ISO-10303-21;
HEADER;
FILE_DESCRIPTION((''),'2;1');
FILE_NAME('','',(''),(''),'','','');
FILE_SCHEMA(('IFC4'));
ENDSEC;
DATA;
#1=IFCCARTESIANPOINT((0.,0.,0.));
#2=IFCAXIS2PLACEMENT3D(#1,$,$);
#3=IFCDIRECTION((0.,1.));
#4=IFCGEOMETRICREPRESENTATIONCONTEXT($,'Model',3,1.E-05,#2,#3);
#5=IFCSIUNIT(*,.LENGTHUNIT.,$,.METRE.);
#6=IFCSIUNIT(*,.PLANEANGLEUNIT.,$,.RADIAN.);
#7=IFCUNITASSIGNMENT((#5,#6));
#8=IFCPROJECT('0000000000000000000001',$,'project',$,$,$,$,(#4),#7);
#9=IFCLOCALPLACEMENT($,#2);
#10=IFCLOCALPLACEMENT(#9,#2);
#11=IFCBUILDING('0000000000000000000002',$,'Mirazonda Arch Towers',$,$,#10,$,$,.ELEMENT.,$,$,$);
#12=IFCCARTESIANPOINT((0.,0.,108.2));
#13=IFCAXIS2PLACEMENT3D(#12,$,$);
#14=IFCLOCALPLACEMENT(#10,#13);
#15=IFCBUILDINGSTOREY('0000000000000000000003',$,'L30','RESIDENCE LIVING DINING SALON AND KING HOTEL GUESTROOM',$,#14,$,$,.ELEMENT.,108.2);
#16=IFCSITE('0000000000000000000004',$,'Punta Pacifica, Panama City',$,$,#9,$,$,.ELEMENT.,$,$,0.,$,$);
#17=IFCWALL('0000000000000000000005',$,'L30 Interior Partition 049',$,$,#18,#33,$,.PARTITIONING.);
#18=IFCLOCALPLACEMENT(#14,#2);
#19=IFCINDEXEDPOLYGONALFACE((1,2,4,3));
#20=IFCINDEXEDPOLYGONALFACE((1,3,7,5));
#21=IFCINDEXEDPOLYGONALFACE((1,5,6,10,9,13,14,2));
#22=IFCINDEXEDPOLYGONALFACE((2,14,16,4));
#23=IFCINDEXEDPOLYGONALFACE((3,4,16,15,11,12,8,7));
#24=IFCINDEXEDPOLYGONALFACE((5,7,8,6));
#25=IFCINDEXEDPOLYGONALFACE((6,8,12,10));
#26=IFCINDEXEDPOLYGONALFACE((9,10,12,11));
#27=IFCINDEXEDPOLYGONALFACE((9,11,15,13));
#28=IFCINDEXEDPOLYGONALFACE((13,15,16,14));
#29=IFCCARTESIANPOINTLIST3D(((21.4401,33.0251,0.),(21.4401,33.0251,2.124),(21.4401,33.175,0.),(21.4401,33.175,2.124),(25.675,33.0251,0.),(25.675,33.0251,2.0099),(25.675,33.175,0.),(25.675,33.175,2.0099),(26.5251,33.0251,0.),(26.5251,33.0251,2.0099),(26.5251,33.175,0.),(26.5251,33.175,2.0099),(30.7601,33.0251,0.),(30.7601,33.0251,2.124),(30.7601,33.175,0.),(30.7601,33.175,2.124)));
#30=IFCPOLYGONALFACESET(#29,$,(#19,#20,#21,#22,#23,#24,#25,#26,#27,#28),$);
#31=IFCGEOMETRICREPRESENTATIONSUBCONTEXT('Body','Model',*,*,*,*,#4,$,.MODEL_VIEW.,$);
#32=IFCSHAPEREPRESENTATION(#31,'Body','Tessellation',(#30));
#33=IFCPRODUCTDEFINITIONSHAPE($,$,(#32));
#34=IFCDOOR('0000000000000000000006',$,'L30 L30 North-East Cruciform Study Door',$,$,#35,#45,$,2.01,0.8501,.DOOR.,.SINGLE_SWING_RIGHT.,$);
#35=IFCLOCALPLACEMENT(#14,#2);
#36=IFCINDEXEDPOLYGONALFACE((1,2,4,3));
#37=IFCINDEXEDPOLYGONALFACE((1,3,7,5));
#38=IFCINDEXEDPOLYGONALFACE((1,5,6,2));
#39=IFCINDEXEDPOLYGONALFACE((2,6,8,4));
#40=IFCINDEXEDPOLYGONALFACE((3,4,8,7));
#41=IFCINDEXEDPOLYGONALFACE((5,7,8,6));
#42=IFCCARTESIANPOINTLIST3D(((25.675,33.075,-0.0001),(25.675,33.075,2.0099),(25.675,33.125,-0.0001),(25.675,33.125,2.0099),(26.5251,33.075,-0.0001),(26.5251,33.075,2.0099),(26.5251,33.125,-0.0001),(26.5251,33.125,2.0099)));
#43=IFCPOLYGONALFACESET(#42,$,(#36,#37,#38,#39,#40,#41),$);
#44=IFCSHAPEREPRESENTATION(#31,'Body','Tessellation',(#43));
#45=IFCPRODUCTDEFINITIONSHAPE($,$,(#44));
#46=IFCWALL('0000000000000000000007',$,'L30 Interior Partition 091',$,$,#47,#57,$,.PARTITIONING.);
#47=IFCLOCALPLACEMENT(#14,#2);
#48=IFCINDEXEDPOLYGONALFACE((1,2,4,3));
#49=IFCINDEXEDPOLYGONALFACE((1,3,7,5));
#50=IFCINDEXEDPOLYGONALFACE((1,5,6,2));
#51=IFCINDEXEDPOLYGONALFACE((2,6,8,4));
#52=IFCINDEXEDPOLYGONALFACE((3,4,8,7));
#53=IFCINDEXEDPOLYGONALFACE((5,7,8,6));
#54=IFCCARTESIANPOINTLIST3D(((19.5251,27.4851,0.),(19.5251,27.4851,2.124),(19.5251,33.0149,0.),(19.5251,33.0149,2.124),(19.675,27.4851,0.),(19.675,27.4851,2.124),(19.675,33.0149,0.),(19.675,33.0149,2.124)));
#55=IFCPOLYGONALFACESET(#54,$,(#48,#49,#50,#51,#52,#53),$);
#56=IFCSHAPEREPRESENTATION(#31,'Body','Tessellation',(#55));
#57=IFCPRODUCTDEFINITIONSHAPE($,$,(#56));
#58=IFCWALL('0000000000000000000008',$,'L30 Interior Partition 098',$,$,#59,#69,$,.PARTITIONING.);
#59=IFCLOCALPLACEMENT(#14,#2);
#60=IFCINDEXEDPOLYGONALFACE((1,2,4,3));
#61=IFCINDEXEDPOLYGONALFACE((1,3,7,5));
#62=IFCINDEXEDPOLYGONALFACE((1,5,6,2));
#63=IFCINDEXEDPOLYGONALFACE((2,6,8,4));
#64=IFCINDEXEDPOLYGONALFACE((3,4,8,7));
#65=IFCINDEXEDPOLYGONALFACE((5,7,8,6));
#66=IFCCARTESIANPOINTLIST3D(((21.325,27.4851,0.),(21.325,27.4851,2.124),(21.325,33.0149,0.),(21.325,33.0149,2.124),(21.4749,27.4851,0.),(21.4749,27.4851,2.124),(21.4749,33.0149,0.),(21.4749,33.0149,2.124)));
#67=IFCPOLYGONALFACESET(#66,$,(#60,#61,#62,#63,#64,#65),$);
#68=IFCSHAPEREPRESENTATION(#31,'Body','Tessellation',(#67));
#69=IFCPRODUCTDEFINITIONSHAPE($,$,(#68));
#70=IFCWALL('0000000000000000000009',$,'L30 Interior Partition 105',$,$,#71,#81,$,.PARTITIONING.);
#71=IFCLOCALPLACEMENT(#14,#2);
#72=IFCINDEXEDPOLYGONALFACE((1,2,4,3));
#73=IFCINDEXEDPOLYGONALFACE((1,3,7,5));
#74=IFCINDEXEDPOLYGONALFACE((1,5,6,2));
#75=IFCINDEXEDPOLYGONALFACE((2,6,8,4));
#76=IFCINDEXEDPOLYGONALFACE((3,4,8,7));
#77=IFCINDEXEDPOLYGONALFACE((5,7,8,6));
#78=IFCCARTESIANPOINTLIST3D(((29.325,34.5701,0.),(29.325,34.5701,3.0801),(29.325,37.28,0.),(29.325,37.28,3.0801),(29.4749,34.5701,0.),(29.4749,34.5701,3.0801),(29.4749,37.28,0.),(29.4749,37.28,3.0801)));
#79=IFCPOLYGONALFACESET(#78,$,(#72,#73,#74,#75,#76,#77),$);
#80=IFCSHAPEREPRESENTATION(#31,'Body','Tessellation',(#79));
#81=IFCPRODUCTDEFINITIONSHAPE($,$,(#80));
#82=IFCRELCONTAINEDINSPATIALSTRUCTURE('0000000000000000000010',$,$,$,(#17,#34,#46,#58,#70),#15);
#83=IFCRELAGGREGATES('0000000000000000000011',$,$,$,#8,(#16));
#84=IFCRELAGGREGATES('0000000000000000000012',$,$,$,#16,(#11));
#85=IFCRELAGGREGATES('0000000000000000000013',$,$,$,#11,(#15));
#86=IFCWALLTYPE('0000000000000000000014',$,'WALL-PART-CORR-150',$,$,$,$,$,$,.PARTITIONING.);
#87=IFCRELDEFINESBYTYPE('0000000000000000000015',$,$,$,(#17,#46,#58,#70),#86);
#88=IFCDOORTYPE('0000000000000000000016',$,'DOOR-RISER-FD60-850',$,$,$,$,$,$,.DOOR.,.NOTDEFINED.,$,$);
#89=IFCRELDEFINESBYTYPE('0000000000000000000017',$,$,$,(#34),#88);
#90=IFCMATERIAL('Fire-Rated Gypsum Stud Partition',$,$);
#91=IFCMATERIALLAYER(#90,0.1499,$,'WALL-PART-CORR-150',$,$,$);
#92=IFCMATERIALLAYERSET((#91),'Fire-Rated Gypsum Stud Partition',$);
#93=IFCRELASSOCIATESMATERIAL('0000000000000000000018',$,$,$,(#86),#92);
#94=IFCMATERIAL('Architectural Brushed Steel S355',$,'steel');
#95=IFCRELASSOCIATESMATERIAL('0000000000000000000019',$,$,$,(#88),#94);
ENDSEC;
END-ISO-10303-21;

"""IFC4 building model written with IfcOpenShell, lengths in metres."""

from ifc_helpers import new_model, si_unit, direction, frame, frame_2d, origin, place, context, subcontext, project, spatial, rectangle, extrude, material, layer, layer_set, type_object, element, fill, save


model = new_model("IFC4")

# Units and contexts
model_context = context("Model", 3, precision=1e-05, world=origin(), true_north=direction((0.0, 1.0)))
body_context = subcontext(model_context, "Body", "Model", "MODEL_VIEW")
ifc_project = project(units=[si_unit("LENGTHUNIT", "METRE"), si_unit("PLANEANGLEUNIT", "RADIAN")], contexts=[model_context])

# Site, building, storey
site_placement = place(None, origin())
site = spatial("IfcSite", under=ifc_project, at=site_placement, Name="Punta Pacifica, Panama City", CompositionType="ELEMENT", RefElevation=0.0)
building_placement = place(site_placement, origin())
building = spatial("IfcBuilding", under=site, at=building_placement, Name="Mirazonda Arch Towers", CompositionType="ELEMENT")
storey_placement = place(building_placement, frame((0.0, 0.0, 108.2)))
storey = spatial("IfcBuildingStorey", under=building, at=storey_placement, Name="L30", Description="RESIDENCE LIVING DINING SALON AND KING HOTEL GUESTROOM", CompositionType="ELEMENT", Elevation=108.2)

# Shared definitions
ifc_material_1 = material(Name="Fire-Rated Gypsum Stud Partition")
ifc_layer_1 = layer(ifc_material_1, 0.1499, Name="WALL-PART-CORR-150")
ifc_layer_set_1 = layer_set([ifc_layer_1], Name="Fire-Rated Gypsum Stud Partition")
wall_type_1 = type_object("IfcWallType", Name="WALL-PART-CORR-150", PredefinedType="PARTITIONING", material=ifc_layer_set_1)

# Wall, opening, door
wall_1_placement = place(storey_placement, frame((21.4399, 33.1001, 0.0), z_axis=(0.0, 0.0, 1.0), x_axis=(1.0, 0.0, 0.0)))
wall_1 = element("IfcWall", 1, at=wall_1_placement, inside=storey, type_object=wall_type_1, Name="L30 Interior Partition 049", PredefinedType="PARTITIONING", context=body_context, shape_type="SweptSolid", body=[
    extrude(rectangle(XDim=9.3201, YDim=0.1499, at=frame_2d((4.6602, 0.0))), origin(), (0.0, 0.0, 1.0), 2.124),
])
opening_placement = place(wall_1_placement, frame((4.2351, 0.0, 0.0)))
opening = element("IfcOpeningElement", 2, at=opening_placement, cuts=wall_1, PredefinedType="OPENING", context=body_context, shape_type="SweptSolid", body=[
    extrude(rectangle(XDim=0.8501, YDim=2.01, at=frame_2d((0.425, 1.0049))), frame((0.0, 0.085, 0.0), z_axis=(0.0, -1.0, 0.0), x_axis=(1.0, 0.0, 0.0)), (0.0, 0.0, 1.0), 0.1699),
])
ifc_material_2 = material(Name="Architectural Brushed Steel S355", Category="steel")
door_type = type_object("IfcDoorType", Name="DOOR-RISER-FD60-850", OperationType="NOTDEFINED", PredefinedType="DOOR", material=ifc_material_2)
door_placement = place(opening_placement, origin())
door = element("IfcDoor", 3, at=door_placement, inside=storey, type_object=door_type, Name="L30 L30 North-East Cruciform Study Door", OperationType="SINGLE_SWING_RIGHT", OverallHeight=2.01, OverallWidth=0.8501, PredefinedType="DOOR", context=body_context, shape_type="SweptSolid", body=[
    extrude(rectangle(XDim=0.8501, YDim=2.01, at=frame_2d((0.425, 1.0049))), frame((0.0, 0.0249, 0.0), z_axis=(0.0, -1.0, 0.0), x_axis=(1.0, 0.0, 0.0)), (0.0, 0.0, 1.0), 0.05),
])
fill(opening, door)

# Walls
for number, where, z_axis, x_axis, name in (
    (4, (19.6001, 27.4851, 0.0), (0.0, 0.0, 1.0), (0.0, 1.0, 0.0), "L30 Interior Partition 091"),
    (5, (21.3999, 27.4851, 0.0), (0.0, 0.0, 1.0), (0.0, 1.0, 0.0), "L30 Interior Partition 098"),
):
    element("IfcWall", number, at=place(storey_placement, frame(where, z_axis=z_axis, x_axis=x_axis)), inside=storey, type_object=wall_type_1, Name=name, PredefinedType="PARTITIONING", context=body_context, shape_type="SweptSolid", body=[
        extrude(rectangle(XDim=5.5298, YDim=0.1499, at=frame_2d((2.7649, 0.0))), origin(), (0.0, 0.0, 1.0), 2.124),
    ])
wall_2_placement = place(storey_placement, frame((29.3999, 34.5701, 0.0), z_axis=(0.0, 0.0, 1.0), x_axis=(0.0, 1.0, 0.0)))
element("IfcWall", 6, at=wall_2_placement, inside=storey, type_object=wall_type_1, Name="L30 Interior Partition 105", PredefinedType="PARTITIONING", context=body_context, shape_type="SweptSolid", body=[
    extrude(rectangle(XDim=2.71, YDim=0.1499, at=frame_2d((1.355, 0.0))), origin(), (0.0, 0.0, 1.0), 3.0801),
])

save(model, "model.ifc")
